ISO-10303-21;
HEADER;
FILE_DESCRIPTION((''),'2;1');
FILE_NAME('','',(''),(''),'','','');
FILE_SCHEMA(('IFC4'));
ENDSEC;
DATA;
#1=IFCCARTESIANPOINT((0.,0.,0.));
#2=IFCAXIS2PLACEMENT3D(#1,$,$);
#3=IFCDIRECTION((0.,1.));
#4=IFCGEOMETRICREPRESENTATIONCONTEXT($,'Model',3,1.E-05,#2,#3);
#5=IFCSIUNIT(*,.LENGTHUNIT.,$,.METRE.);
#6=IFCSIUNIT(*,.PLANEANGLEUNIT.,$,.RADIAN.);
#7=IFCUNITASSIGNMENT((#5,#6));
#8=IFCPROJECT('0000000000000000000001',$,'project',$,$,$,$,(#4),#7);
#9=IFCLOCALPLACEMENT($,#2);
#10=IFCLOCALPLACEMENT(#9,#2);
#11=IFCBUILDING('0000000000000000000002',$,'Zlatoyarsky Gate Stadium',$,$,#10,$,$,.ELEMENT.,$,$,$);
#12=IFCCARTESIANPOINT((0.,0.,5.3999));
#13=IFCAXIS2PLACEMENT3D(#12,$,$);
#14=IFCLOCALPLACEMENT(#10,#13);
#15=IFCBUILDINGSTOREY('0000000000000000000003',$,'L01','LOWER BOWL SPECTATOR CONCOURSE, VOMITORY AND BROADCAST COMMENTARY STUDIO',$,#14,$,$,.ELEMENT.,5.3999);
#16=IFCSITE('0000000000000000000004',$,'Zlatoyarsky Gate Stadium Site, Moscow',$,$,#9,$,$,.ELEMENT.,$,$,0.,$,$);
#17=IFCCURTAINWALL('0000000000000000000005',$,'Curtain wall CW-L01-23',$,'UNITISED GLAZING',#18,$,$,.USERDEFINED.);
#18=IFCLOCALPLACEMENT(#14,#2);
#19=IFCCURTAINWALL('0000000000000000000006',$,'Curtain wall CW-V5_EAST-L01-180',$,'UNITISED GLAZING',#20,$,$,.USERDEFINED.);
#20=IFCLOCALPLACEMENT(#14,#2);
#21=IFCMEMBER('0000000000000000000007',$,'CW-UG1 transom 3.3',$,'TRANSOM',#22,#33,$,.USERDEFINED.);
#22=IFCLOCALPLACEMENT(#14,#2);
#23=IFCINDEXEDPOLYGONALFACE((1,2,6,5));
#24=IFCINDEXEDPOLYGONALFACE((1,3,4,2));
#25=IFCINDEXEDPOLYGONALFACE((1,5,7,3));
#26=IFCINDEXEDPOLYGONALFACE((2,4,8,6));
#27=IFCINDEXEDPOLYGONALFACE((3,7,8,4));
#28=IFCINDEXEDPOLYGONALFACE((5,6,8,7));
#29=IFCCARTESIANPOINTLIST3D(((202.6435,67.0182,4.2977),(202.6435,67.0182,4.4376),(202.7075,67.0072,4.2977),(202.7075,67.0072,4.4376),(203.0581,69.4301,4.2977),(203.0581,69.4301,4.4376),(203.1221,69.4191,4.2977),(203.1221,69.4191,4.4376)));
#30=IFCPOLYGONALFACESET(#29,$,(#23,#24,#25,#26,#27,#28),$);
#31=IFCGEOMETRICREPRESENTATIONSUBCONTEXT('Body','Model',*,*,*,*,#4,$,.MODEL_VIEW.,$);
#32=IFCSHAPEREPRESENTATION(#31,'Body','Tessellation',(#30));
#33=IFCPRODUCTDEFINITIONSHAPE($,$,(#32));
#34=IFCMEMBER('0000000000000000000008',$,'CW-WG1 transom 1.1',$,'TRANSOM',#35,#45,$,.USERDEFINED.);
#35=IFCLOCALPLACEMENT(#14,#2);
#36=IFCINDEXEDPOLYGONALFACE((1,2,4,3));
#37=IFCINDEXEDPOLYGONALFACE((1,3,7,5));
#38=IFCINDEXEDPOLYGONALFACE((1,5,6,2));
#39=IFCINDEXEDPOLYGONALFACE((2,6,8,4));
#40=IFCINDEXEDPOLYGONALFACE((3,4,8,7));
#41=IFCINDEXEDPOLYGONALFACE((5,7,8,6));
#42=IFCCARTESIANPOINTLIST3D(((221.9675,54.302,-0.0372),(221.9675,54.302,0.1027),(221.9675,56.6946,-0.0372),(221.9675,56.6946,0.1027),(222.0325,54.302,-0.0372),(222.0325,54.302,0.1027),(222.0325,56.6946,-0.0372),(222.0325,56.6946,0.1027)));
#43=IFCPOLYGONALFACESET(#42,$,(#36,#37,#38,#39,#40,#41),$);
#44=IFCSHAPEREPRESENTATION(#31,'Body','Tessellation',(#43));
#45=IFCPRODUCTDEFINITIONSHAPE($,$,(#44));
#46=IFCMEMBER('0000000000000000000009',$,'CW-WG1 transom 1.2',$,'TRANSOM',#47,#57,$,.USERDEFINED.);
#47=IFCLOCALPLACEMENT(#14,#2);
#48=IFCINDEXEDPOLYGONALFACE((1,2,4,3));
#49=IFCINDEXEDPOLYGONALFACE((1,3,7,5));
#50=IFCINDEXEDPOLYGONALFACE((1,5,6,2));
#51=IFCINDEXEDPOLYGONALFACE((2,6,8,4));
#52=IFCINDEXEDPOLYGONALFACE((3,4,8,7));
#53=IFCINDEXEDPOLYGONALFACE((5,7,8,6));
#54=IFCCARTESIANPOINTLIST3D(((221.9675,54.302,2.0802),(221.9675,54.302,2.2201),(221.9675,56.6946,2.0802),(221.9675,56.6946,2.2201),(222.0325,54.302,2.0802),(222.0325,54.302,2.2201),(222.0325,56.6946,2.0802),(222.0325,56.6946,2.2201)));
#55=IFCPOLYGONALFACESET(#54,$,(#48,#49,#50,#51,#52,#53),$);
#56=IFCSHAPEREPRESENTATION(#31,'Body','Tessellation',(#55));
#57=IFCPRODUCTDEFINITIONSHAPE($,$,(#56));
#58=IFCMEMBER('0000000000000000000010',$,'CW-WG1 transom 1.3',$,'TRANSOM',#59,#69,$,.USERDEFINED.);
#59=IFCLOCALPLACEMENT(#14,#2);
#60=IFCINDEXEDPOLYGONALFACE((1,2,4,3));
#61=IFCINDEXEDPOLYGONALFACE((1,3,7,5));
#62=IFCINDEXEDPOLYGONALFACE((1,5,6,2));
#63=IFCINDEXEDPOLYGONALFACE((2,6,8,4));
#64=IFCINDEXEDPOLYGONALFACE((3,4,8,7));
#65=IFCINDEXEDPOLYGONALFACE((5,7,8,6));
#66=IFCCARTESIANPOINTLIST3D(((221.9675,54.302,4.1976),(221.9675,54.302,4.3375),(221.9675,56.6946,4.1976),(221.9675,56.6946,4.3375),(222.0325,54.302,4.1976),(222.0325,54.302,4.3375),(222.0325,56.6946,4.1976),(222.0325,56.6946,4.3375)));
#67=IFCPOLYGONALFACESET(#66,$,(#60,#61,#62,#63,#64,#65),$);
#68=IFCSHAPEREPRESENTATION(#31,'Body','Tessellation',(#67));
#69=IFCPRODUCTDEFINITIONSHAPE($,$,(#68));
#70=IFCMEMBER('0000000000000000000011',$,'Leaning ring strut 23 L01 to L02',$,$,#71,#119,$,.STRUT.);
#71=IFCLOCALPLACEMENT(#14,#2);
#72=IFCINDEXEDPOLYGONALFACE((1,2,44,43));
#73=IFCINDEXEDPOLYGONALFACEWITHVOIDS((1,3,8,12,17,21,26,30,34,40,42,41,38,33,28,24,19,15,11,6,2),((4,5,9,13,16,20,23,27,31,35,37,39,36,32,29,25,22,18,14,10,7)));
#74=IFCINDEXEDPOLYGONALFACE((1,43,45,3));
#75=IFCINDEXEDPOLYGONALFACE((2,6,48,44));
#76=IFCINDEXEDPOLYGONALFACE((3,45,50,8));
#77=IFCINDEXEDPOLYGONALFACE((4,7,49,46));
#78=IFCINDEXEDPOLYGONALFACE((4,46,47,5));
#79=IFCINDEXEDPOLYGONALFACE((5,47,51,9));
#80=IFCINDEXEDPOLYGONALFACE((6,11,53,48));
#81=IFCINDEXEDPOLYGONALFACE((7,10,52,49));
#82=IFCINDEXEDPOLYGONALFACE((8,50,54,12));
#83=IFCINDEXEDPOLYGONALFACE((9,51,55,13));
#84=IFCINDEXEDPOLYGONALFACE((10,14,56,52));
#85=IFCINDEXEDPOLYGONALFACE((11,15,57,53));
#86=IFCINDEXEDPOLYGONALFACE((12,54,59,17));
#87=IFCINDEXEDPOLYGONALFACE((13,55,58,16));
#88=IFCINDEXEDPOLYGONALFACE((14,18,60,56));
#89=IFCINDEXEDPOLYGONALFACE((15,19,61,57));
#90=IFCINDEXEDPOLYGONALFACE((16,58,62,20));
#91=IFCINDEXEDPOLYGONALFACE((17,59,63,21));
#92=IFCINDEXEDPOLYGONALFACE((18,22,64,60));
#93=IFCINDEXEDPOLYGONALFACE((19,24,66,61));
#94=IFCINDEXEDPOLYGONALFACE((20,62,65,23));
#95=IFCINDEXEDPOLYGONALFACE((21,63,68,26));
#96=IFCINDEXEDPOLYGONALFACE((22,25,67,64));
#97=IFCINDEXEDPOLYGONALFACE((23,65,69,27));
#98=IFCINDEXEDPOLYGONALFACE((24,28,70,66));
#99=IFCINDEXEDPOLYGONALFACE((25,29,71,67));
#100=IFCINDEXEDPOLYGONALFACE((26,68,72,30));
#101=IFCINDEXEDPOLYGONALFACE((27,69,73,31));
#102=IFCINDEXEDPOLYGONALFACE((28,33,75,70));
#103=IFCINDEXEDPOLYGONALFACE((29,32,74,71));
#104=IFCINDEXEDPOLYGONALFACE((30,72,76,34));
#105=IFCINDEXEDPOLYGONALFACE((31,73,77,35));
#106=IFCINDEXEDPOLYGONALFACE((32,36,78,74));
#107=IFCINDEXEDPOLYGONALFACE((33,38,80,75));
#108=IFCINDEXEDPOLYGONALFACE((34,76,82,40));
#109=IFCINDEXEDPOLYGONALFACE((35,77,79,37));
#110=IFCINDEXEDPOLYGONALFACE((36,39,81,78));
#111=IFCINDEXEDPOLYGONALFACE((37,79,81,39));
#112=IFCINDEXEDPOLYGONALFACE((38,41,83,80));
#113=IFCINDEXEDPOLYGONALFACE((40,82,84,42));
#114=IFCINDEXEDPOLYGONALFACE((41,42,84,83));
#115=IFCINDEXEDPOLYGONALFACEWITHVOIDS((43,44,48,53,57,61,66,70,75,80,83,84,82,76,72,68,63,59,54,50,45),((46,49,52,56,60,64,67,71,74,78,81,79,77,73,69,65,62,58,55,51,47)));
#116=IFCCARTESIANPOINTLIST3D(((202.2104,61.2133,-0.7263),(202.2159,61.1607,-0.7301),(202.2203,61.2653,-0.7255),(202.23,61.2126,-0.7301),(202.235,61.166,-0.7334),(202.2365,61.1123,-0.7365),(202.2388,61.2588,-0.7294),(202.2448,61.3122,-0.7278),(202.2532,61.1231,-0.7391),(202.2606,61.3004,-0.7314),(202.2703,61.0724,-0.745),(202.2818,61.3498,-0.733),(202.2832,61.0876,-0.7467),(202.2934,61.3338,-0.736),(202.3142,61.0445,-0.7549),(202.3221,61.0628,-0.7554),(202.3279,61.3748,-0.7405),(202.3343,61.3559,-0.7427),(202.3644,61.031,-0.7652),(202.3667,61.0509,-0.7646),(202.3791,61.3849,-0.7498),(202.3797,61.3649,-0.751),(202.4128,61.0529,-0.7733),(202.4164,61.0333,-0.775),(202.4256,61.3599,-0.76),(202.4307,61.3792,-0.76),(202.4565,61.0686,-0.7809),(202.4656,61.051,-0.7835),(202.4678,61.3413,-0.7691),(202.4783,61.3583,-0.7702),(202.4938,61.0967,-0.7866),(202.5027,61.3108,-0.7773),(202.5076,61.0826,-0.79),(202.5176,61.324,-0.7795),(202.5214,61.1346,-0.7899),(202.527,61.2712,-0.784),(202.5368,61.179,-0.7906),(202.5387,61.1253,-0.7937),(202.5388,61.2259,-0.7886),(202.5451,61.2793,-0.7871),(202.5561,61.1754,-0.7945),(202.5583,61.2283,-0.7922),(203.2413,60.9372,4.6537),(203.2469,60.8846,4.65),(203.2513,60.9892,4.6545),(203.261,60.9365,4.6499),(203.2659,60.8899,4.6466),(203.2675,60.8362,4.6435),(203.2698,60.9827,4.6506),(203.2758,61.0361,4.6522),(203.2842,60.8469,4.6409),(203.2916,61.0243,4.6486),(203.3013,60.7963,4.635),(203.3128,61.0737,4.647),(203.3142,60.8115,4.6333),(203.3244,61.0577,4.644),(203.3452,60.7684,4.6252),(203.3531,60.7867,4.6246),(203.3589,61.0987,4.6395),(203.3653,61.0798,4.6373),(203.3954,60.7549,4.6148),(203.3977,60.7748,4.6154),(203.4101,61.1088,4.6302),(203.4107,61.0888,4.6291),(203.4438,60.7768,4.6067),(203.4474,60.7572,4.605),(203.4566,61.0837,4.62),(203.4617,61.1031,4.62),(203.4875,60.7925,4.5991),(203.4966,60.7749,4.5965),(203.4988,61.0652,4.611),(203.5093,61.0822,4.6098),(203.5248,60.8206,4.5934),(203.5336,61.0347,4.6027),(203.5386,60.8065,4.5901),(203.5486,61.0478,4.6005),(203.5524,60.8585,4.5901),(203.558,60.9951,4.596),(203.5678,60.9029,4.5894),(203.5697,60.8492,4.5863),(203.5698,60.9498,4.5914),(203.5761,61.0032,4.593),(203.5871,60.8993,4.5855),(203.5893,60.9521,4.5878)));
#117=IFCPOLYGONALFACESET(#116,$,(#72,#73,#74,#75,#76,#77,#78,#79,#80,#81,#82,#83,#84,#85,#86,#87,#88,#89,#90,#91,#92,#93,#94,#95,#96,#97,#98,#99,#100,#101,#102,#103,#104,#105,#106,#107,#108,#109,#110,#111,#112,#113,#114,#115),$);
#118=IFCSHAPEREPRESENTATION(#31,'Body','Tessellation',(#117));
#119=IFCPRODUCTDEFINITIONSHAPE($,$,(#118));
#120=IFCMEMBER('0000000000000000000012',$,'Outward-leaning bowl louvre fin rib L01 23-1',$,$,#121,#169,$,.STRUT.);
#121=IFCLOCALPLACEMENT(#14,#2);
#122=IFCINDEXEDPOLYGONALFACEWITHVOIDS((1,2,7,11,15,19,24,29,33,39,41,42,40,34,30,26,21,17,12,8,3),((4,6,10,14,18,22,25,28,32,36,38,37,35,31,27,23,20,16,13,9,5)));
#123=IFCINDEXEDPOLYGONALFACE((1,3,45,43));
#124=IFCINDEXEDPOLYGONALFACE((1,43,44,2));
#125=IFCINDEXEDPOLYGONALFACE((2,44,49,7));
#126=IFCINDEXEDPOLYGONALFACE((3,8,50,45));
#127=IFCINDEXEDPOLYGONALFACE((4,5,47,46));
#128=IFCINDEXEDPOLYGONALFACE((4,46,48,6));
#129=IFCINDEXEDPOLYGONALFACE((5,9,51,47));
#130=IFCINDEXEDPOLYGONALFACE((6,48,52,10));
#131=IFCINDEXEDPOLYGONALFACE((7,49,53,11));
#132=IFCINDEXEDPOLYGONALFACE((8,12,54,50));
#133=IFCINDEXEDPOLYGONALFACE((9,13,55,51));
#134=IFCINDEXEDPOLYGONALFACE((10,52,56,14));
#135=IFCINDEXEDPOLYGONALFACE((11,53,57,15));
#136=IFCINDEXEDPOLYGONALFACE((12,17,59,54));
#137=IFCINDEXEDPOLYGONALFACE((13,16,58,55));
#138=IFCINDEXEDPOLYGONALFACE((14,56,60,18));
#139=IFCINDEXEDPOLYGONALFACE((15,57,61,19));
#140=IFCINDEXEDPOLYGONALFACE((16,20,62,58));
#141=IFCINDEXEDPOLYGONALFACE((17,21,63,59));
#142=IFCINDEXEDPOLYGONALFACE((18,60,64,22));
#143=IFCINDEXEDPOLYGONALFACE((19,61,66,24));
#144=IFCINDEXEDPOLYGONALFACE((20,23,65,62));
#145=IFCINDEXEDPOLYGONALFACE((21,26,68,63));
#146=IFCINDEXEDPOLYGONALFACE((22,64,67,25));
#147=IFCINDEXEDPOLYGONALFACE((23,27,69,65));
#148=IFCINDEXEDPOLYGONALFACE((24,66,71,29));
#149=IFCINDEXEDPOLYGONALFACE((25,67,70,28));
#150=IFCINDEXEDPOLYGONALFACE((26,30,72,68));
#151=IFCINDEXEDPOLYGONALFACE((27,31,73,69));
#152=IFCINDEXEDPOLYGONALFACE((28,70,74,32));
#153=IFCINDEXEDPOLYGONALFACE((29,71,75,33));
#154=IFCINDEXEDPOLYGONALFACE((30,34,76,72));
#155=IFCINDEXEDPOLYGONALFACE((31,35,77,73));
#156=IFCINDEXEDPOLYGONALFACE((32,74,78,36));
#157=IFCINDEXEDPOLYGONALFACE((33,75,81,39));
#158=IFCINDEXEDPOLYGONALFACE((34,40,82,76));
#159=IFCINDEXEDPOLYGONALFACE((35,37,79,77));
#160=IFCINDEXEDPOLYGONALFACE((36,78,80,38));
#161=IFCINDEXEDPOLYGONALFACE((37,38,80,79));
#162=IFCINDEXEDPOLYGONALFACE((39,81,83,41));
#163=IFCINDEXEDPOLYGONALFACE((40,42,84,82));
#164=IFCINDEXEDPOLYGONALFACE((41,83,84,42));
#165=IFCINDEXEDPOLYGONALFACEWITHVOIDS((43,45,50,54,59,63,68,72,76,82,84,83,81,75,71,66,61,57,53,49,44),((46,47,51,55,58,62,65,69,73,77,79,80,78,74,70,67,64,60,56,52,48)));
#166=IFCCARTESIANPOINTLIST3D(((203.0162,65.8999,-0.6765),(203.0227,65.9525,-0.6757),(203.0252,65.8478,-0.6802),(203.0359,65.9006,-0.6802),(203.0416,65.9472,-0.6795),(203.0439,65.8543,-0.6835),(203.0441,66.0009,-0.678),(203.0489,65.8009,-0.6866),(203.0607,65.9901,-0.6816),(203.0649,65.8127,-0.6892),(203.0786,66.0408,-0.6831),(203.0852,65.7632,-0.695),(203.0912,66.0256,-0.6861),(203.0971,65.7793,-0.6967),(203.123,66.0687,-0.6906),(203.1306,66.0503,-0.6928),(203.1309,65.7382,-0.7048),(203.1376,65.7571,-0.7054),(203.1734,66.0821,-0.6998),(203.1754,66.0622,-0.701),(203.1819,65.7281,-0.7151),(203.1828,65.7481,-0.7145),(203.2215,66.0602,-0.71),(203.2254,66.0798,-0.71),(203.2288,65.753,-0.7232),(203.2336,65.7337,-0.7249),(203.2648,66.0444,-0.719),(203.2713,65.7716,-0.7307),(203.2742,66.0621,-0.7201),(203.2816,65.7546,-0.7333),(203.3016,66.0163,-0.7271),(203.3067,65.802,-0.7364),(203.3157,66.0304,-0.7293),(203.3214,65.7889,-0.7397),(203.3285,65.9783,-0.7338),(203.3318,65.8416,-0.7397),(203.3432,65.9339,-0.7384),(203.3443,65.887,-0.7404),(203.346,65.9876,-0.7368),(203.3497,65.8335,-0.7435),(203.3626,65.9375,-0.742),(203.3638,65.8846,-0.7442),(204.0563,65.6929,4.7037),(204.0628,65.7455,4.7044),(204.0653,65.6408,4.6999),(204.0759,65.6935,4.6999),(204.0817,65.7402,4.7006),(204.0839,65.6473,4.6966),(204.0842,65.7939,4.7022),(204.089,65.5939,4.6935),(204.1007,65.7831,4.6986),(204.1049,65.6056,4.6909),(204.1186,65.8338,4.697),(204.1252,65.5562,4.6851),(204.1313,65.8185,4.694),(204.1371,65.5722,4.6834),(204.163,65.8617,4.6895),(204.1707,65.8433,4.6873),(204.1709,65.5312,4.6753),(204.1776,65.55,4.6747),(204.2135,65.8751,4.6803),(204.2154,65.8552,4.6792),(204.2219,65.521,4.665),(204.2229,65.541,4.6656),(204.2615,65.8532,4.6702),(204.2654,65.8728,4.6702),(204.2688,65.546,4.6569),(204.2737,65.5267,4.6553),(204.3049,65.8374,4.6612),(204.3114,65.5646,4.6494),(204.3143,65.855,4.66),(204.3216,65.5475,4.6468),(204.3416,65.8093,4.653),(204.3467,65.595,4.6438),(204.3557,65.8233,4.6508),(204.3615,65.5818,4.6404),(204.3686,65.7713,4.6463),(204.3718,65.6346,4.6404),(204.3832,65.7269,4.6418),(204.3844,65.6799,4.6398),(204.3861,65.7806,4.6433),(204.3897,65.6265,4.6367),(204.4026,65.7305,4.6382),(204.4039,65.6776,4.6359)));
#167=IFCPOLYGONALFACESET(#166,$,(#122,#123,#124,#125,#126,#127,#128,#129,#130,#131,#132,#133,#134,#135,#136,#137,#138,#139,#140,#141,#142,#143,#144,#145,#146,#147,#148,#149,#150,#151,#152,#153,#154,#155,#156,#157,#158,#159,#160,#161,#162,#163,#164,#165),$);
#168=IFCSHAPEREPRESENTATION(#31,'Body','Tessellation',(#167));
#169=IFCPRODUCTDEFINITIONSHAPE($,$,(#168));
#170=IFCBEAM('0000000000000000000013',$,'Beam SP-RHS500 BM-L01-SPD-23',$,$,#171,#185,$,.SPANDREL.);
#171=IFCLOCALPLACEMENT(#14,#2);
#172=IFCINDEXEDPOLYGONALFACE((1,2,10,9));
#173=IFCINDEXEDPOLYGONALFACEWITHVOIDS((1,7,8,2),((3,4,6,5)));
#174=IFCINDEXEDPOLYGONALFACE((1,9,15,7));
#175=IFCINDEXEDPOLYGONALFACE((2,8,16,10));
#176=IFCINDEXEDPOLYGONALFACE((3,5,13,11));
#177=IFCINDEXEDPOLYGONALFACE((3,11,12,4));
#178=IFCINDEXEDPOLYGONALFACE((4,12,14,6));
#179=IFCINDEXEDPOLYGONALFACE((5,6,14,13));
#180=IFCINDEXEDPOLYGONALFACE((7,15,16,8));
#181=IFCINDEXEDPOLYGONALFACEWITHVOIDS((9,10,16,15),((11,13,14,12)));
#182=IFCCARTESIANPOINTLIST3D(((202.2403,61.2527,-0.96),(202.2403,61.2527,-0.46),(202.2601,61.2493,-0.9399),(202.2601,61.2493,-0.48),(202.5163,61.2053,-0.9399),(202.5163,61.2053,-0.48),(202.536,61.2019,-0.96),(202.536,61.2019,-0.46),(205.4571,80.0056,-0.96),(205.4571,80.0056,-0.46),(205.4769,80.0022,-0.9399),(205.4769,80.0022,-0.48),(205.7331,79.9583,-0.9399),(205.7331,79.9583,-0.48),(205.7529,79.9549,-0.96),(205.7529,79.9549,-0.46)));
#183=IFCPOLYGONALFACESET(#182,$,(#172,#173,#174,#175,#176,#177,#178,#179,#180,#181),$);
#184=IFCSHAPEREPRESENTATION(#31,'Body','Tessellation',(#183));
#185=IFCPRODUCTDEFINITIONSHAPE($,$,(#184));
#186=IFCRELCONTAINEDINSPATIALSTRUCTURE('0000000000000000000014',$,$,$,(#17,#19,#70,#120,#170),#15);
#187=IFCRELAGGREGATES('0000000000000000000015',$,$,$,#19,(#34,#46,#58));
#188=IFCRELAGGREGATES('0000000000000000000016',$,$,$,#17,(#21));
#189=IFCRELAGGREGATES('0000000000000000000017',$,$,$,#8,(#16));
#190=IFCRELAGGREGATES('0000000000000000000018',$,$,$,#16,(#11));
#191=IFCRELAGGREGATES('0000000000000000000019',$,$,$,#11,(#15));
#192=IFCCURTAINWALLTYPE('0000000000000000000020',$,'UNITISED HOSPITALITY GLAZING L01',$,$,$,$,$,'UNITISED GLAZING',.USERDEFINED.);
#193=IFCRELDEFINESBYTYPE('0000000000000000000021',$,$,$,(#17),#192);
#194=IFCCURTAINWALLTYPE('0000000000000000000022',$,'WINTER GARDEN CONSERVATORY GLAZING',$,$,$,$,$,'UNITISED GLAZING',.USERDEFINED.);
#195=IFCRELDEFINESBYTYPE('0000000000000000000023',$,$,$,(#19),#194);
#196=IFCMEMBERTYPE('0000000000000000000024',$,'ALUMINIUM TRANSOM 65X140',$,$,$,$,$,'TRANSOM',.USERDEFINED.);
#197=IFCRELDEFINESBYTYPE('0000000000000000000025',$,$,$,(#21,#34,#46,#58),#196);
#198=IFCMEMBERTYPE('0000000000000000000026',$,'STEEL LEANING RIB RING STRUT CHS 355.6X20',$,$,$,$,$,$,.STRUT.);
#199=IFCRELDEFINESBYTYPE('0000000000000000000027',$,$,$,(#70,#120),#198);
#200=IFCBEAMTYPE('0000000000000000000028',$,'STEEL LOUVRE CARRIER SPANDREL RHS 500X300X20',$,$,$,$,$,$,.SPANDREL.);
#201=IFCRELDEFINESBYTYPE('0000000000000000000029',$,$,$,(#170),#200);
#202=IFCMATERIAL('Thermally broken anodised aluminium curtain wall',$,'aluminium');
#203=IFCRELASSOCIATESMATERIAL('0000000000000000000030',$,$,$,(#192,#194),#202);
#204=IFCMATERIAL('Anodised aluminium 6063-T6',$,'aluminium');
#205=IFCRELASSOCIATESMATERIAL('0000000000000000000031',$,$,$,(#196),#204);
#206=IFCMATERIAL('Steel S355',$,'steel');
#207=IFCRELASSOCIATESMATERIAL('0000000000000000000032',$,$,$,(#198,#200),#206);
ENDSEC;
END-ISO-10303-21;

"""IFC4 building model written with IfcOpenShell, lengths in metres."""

from ifc_helpers import new_model, si_unit, direction, frame, origin, origin_2d, place, context, subcontext, project, spatial, rectangle, hollow_rectangle, hollow_circle, extrude, material, material_profile, profile_set, type_object, element, aggregate, save


model = new_model("IFC4")

# Units and contexts
model_context = context("Model", 3, precision=1e-05, world=origin(), true_north=direction((0.0, 1.0)))
body_context = subcontext(model_context, "Body", "Model", "MODEL_VIEW")
ifc_project = project(units=[si_unit("LENGTHUNIT", "METRE"), si_unit("PLANEANGLEUNIT", "RADIAN")], contexts=[model_context])

# Site, building, storey
site_placement = place(None, origin())
site = spatial("IfcSite", under=ifc_project, at=site_placement, Name="Zlatoyarsky Gate Stadium Site, Moscow", CompositionType="ELEMENT", RefElevation=0.0)
building_placement = place(site_placement, origin())
building = spatial("IfcBuilding", under=site, at=building_placement, Name="Zlatoyarsky Gate Stadium", CompositionType="ELEMENT")
storey_placement = place(building_placement, frame((0.0, 0.0, 5.3999)))
storey = spatial("IfcBuildingStorey", under=building, at=storey_placement, Name="L01", Description="LOWER BOWL SPECTATOR CONCOURSE, VOMITORY AND BROADCAST COMMENTARY STUDIO", CompositionType="ELEMENT", Elevation=5.3999)

# Shared definitions
ifc_material_1 = material(Name="Steel S355", Category="steel")

# Curtain walls
ifc_material_2 = material(Name="Thermally broken anodised aluminium curtain wall", Category="aluminium")
curtain_wall_type_1 = type_object("IfcCurtainWallType", Name="UNITISED HOSPITALITY GLAZING L01", ElementType="UNITISED GLAZING", PredefinedType="USERDEFINED", material=ifc_material_2)
curtain_wall_1_placement = place(storey_placement, origin())
curtain_wall_1 = element("IfcCurtainWall", 1, at=curtain_wall_1_placement, inside=storey, type_object=curtain_wall_type_1, Name="Curtain wall CW-L01-23", ObjectType="UNITISED GLAZING", PredefinedType="USERDEFINED")
ifc_material_3 = material(Name="Anodised aluminium 6063-T6", Category="aluminium")
curtain_wall_type_2 = type_object("IfcCurtainWallType", Name="WINTER GARDEN CONSERVATORY GLAZING", ElementType="UNITISED GLAZING", PredefinedType="USERDEFINED", material=ifc_material_2)
curtain_wall_2_placement = place(storey_placement, origin())
curtain_wall_2 = element("IfcCurtainWall", 2, at=curtain_wall_2_placement, inside=storey, type_object=curtain_wall_type_2, Name="Curtain wall CW-V5_EAST-L01-180", ObjectType="UNITISED GLAZING", PredefinedType="USERDEFINED")

# Members
ifc_material_profile_1 = material_profile(ifc_material_3, rectangle(XDim=0.0649, YDim=0.1399, at=origin_2d()), Name="ALU 65X140")
ifc_profile_set_1 = profile_set([ifc_material_profile_1], Name="Anodised aluminium 6063-T6")
member_type_1 = type_object("IfcMemberType", Name="ALUMINIUM TRANSOM 65X140", ElementType="TRANSOM", PredefinedType="USERDEFINED", material=ifc_profile_set_1)
member_1_placement = place(storey_placement, frame((202.6755, 67.0127, 4.3677), z_axis=(0.169396, 0.985548, 0.0), x_axis=(-0.985548, 0.169396, 0.0)))
member_1 = element("IfcMember", 3, at=member_1_placement, type_object=member_type_1, Name="CW-UG1 transom 3.3", ObjectType="TRANSOM", PredefinedType="USERDEFINED", context=body_context, shape_type="SweptSolid", body=[
    extrude(rectangle(XDim=0.0649, YDim=0.1399, at=origin_2d()), origin(), (0.0, 0.0, 1.0), 2.4473),
])
member_2_placement = place(storey_placement, frame((222.0, 54.302, 0.0327), z_axis=(0.0, 1.0, 0.0), x_axis=(-1.0, 0.0, 0.0)))
member_2 = element("IfcMember", 4, at=member_2_placement, type_object=member_type_1, Name="CW-WG1 transom 1.1", ObjectType="TRANSOM", PredefinedType="USERDEFINED", context=body_context, shape_type="SweptSolid", body=[
    extrude(rectangle(XDim=0.0649, YDim=0.1399, at=origin_2d()), origin(), (0.0, 0.0, 1.0), 2.3926),
])
member_3_placement = place(storey_placement, frame((222.0, 54.302, 2.1501), z_axis=(0.0, 1.0, 0.0), x_axis=(-1.0, 0.0, 0.0)))
member_3 = element("IfcMember", 5, at=member_3_placement, type_object=member_type_1, Name="CW-WG1 transom 1.2", ObjectType="TRANSOM", PredefinedType="USERDEFINED", context=body_context, shape_type="SweptSolid", body=[
    extrude(rectangle(XDim=0.0649, YDim=0.1399, at=origin_2d()), origin(), (0.0, 0.0, 1.0), 2.3926),
])
member_4_placement = place(storey_placement, frame((222.0, 54.302, 4.2676), z_axis=(0.0, 1.0, 0.0), x_axis=(-1.0, 0.0, 0.0)))
member_4 = element("IfcMember", 6, at=member_4_placement, type_object=member_type_1, Name="CW-WG1 transom 1.3", ObjectType="TRANSOM", PredefinedType="USERDEFINED", context=body_context, shape_type="SweptSolid", body=[
    extrude(rectangle(XDim=0.0649, YDim=0.1399, at=origin_2d()), origin(), (0.0, 0.0, 1.0), 2.3926),
])

# Members
ifc_material_profile_2 = material_profile(ifc_material_1, hollow_circle(Radius=0.1777, WallThickness=0.02, at=origin_2d()), Name="CHS 355.6X20")
ifc_profile_set_2 = profile_set([ifc_material_profile_2], Name="Steel S355")
member_type_2 = type_object("IfcMemberType", Name="STEEL LEANING RIB RING STRUT CHS 355.6X20", PredefinedType="STRUT", material=ifc_profile_set_2)
member_5_placement = place(storey_placement, frame((202.3848, 61.2075, -0.76), z_axis=(0.187969, -0.050342, 0.980884), x_axis=(0.258702, 0.965957, 0.0)))
element("IfcMember", 7, at=member_5_placement, inside=storey, type_object=member_type_2, Name="Leaning ring strut 23 L01 to L02", PredefinedType="STRUT", context=body_context, shape_type="SweptSolid", body=[
    extrude(hollow_circle(Radius=0.1777, WallThickness=0.02, at=origin_2d()), origin(), (0.0, 0.0, 1.0), 5.4849),
])
member_6_placement = place(storey_placement, frame((203.1907, 65.9055, -0.71), z_axis=(0.189662, -0.037754, 0.981123), x_axis=(0.195231, 0.980757, 0.0)))
element("IfcMember", 8, at=member_6_placement, inside=storey, type_object=member_type_2, Name="Outward-leaning bowl louvre fin rib L01 23-1", PredefinedType="STRUT", context=body_context, shape_type="SweptSolid", body=[
    extrude(hollow_circle(Radius=0.1777, WallThickness=0.02, at=origin_2d()), origin(), (0.0, 0.0, 1.0), 5.4836),
])

# Beam
ifc_material_profile_3 = material_profile(ifc_material_1, hollow_rectangle(XDim=0.3, YDim=0.5, WallThickness=0.02, at=origin_2d()), Name="RHS 500X300X20")
ifc_profile_set_3 = profile_set([ifc_material_profile_3], Name="Steel S355")
beam_type_1 = type_object("IfcBeamType", Name="STEEL LOUVRE CARRIER SPANDREL RHS 500X300X20", PredefinedType="SPANDREL", material=ifc_profile_set_3)
beam_1_placement = place(storey_placement, frame((202.3882, 61.2273, -0.71), z_axis=(0.169066, 0.985605, 0.0), x_axis=(-0.985605, 0.169066, 0.0)))
element("IfcBeam", 9, at=beam_1_placement, inside=storey, type_object=beam_type_1, Name="Beam SP-RHS500 BM-L01-SPD-23", PredefinedType="SPANDREL", context=body_context, shape_type="SweptSolid", body=[
    extrude(hollow_rectangle(XDim=0.3, YDim=0.5, WallThickness=0.02, at=origin_2d()), origin(), (0.0, 0.0, 1.0), 19.0269),
])

aggregate(curtain_wall_2, [member_2, member_3, member_4])

aggregate(curtain_wall_1, [member_1])

save(model, "model.ifc")
